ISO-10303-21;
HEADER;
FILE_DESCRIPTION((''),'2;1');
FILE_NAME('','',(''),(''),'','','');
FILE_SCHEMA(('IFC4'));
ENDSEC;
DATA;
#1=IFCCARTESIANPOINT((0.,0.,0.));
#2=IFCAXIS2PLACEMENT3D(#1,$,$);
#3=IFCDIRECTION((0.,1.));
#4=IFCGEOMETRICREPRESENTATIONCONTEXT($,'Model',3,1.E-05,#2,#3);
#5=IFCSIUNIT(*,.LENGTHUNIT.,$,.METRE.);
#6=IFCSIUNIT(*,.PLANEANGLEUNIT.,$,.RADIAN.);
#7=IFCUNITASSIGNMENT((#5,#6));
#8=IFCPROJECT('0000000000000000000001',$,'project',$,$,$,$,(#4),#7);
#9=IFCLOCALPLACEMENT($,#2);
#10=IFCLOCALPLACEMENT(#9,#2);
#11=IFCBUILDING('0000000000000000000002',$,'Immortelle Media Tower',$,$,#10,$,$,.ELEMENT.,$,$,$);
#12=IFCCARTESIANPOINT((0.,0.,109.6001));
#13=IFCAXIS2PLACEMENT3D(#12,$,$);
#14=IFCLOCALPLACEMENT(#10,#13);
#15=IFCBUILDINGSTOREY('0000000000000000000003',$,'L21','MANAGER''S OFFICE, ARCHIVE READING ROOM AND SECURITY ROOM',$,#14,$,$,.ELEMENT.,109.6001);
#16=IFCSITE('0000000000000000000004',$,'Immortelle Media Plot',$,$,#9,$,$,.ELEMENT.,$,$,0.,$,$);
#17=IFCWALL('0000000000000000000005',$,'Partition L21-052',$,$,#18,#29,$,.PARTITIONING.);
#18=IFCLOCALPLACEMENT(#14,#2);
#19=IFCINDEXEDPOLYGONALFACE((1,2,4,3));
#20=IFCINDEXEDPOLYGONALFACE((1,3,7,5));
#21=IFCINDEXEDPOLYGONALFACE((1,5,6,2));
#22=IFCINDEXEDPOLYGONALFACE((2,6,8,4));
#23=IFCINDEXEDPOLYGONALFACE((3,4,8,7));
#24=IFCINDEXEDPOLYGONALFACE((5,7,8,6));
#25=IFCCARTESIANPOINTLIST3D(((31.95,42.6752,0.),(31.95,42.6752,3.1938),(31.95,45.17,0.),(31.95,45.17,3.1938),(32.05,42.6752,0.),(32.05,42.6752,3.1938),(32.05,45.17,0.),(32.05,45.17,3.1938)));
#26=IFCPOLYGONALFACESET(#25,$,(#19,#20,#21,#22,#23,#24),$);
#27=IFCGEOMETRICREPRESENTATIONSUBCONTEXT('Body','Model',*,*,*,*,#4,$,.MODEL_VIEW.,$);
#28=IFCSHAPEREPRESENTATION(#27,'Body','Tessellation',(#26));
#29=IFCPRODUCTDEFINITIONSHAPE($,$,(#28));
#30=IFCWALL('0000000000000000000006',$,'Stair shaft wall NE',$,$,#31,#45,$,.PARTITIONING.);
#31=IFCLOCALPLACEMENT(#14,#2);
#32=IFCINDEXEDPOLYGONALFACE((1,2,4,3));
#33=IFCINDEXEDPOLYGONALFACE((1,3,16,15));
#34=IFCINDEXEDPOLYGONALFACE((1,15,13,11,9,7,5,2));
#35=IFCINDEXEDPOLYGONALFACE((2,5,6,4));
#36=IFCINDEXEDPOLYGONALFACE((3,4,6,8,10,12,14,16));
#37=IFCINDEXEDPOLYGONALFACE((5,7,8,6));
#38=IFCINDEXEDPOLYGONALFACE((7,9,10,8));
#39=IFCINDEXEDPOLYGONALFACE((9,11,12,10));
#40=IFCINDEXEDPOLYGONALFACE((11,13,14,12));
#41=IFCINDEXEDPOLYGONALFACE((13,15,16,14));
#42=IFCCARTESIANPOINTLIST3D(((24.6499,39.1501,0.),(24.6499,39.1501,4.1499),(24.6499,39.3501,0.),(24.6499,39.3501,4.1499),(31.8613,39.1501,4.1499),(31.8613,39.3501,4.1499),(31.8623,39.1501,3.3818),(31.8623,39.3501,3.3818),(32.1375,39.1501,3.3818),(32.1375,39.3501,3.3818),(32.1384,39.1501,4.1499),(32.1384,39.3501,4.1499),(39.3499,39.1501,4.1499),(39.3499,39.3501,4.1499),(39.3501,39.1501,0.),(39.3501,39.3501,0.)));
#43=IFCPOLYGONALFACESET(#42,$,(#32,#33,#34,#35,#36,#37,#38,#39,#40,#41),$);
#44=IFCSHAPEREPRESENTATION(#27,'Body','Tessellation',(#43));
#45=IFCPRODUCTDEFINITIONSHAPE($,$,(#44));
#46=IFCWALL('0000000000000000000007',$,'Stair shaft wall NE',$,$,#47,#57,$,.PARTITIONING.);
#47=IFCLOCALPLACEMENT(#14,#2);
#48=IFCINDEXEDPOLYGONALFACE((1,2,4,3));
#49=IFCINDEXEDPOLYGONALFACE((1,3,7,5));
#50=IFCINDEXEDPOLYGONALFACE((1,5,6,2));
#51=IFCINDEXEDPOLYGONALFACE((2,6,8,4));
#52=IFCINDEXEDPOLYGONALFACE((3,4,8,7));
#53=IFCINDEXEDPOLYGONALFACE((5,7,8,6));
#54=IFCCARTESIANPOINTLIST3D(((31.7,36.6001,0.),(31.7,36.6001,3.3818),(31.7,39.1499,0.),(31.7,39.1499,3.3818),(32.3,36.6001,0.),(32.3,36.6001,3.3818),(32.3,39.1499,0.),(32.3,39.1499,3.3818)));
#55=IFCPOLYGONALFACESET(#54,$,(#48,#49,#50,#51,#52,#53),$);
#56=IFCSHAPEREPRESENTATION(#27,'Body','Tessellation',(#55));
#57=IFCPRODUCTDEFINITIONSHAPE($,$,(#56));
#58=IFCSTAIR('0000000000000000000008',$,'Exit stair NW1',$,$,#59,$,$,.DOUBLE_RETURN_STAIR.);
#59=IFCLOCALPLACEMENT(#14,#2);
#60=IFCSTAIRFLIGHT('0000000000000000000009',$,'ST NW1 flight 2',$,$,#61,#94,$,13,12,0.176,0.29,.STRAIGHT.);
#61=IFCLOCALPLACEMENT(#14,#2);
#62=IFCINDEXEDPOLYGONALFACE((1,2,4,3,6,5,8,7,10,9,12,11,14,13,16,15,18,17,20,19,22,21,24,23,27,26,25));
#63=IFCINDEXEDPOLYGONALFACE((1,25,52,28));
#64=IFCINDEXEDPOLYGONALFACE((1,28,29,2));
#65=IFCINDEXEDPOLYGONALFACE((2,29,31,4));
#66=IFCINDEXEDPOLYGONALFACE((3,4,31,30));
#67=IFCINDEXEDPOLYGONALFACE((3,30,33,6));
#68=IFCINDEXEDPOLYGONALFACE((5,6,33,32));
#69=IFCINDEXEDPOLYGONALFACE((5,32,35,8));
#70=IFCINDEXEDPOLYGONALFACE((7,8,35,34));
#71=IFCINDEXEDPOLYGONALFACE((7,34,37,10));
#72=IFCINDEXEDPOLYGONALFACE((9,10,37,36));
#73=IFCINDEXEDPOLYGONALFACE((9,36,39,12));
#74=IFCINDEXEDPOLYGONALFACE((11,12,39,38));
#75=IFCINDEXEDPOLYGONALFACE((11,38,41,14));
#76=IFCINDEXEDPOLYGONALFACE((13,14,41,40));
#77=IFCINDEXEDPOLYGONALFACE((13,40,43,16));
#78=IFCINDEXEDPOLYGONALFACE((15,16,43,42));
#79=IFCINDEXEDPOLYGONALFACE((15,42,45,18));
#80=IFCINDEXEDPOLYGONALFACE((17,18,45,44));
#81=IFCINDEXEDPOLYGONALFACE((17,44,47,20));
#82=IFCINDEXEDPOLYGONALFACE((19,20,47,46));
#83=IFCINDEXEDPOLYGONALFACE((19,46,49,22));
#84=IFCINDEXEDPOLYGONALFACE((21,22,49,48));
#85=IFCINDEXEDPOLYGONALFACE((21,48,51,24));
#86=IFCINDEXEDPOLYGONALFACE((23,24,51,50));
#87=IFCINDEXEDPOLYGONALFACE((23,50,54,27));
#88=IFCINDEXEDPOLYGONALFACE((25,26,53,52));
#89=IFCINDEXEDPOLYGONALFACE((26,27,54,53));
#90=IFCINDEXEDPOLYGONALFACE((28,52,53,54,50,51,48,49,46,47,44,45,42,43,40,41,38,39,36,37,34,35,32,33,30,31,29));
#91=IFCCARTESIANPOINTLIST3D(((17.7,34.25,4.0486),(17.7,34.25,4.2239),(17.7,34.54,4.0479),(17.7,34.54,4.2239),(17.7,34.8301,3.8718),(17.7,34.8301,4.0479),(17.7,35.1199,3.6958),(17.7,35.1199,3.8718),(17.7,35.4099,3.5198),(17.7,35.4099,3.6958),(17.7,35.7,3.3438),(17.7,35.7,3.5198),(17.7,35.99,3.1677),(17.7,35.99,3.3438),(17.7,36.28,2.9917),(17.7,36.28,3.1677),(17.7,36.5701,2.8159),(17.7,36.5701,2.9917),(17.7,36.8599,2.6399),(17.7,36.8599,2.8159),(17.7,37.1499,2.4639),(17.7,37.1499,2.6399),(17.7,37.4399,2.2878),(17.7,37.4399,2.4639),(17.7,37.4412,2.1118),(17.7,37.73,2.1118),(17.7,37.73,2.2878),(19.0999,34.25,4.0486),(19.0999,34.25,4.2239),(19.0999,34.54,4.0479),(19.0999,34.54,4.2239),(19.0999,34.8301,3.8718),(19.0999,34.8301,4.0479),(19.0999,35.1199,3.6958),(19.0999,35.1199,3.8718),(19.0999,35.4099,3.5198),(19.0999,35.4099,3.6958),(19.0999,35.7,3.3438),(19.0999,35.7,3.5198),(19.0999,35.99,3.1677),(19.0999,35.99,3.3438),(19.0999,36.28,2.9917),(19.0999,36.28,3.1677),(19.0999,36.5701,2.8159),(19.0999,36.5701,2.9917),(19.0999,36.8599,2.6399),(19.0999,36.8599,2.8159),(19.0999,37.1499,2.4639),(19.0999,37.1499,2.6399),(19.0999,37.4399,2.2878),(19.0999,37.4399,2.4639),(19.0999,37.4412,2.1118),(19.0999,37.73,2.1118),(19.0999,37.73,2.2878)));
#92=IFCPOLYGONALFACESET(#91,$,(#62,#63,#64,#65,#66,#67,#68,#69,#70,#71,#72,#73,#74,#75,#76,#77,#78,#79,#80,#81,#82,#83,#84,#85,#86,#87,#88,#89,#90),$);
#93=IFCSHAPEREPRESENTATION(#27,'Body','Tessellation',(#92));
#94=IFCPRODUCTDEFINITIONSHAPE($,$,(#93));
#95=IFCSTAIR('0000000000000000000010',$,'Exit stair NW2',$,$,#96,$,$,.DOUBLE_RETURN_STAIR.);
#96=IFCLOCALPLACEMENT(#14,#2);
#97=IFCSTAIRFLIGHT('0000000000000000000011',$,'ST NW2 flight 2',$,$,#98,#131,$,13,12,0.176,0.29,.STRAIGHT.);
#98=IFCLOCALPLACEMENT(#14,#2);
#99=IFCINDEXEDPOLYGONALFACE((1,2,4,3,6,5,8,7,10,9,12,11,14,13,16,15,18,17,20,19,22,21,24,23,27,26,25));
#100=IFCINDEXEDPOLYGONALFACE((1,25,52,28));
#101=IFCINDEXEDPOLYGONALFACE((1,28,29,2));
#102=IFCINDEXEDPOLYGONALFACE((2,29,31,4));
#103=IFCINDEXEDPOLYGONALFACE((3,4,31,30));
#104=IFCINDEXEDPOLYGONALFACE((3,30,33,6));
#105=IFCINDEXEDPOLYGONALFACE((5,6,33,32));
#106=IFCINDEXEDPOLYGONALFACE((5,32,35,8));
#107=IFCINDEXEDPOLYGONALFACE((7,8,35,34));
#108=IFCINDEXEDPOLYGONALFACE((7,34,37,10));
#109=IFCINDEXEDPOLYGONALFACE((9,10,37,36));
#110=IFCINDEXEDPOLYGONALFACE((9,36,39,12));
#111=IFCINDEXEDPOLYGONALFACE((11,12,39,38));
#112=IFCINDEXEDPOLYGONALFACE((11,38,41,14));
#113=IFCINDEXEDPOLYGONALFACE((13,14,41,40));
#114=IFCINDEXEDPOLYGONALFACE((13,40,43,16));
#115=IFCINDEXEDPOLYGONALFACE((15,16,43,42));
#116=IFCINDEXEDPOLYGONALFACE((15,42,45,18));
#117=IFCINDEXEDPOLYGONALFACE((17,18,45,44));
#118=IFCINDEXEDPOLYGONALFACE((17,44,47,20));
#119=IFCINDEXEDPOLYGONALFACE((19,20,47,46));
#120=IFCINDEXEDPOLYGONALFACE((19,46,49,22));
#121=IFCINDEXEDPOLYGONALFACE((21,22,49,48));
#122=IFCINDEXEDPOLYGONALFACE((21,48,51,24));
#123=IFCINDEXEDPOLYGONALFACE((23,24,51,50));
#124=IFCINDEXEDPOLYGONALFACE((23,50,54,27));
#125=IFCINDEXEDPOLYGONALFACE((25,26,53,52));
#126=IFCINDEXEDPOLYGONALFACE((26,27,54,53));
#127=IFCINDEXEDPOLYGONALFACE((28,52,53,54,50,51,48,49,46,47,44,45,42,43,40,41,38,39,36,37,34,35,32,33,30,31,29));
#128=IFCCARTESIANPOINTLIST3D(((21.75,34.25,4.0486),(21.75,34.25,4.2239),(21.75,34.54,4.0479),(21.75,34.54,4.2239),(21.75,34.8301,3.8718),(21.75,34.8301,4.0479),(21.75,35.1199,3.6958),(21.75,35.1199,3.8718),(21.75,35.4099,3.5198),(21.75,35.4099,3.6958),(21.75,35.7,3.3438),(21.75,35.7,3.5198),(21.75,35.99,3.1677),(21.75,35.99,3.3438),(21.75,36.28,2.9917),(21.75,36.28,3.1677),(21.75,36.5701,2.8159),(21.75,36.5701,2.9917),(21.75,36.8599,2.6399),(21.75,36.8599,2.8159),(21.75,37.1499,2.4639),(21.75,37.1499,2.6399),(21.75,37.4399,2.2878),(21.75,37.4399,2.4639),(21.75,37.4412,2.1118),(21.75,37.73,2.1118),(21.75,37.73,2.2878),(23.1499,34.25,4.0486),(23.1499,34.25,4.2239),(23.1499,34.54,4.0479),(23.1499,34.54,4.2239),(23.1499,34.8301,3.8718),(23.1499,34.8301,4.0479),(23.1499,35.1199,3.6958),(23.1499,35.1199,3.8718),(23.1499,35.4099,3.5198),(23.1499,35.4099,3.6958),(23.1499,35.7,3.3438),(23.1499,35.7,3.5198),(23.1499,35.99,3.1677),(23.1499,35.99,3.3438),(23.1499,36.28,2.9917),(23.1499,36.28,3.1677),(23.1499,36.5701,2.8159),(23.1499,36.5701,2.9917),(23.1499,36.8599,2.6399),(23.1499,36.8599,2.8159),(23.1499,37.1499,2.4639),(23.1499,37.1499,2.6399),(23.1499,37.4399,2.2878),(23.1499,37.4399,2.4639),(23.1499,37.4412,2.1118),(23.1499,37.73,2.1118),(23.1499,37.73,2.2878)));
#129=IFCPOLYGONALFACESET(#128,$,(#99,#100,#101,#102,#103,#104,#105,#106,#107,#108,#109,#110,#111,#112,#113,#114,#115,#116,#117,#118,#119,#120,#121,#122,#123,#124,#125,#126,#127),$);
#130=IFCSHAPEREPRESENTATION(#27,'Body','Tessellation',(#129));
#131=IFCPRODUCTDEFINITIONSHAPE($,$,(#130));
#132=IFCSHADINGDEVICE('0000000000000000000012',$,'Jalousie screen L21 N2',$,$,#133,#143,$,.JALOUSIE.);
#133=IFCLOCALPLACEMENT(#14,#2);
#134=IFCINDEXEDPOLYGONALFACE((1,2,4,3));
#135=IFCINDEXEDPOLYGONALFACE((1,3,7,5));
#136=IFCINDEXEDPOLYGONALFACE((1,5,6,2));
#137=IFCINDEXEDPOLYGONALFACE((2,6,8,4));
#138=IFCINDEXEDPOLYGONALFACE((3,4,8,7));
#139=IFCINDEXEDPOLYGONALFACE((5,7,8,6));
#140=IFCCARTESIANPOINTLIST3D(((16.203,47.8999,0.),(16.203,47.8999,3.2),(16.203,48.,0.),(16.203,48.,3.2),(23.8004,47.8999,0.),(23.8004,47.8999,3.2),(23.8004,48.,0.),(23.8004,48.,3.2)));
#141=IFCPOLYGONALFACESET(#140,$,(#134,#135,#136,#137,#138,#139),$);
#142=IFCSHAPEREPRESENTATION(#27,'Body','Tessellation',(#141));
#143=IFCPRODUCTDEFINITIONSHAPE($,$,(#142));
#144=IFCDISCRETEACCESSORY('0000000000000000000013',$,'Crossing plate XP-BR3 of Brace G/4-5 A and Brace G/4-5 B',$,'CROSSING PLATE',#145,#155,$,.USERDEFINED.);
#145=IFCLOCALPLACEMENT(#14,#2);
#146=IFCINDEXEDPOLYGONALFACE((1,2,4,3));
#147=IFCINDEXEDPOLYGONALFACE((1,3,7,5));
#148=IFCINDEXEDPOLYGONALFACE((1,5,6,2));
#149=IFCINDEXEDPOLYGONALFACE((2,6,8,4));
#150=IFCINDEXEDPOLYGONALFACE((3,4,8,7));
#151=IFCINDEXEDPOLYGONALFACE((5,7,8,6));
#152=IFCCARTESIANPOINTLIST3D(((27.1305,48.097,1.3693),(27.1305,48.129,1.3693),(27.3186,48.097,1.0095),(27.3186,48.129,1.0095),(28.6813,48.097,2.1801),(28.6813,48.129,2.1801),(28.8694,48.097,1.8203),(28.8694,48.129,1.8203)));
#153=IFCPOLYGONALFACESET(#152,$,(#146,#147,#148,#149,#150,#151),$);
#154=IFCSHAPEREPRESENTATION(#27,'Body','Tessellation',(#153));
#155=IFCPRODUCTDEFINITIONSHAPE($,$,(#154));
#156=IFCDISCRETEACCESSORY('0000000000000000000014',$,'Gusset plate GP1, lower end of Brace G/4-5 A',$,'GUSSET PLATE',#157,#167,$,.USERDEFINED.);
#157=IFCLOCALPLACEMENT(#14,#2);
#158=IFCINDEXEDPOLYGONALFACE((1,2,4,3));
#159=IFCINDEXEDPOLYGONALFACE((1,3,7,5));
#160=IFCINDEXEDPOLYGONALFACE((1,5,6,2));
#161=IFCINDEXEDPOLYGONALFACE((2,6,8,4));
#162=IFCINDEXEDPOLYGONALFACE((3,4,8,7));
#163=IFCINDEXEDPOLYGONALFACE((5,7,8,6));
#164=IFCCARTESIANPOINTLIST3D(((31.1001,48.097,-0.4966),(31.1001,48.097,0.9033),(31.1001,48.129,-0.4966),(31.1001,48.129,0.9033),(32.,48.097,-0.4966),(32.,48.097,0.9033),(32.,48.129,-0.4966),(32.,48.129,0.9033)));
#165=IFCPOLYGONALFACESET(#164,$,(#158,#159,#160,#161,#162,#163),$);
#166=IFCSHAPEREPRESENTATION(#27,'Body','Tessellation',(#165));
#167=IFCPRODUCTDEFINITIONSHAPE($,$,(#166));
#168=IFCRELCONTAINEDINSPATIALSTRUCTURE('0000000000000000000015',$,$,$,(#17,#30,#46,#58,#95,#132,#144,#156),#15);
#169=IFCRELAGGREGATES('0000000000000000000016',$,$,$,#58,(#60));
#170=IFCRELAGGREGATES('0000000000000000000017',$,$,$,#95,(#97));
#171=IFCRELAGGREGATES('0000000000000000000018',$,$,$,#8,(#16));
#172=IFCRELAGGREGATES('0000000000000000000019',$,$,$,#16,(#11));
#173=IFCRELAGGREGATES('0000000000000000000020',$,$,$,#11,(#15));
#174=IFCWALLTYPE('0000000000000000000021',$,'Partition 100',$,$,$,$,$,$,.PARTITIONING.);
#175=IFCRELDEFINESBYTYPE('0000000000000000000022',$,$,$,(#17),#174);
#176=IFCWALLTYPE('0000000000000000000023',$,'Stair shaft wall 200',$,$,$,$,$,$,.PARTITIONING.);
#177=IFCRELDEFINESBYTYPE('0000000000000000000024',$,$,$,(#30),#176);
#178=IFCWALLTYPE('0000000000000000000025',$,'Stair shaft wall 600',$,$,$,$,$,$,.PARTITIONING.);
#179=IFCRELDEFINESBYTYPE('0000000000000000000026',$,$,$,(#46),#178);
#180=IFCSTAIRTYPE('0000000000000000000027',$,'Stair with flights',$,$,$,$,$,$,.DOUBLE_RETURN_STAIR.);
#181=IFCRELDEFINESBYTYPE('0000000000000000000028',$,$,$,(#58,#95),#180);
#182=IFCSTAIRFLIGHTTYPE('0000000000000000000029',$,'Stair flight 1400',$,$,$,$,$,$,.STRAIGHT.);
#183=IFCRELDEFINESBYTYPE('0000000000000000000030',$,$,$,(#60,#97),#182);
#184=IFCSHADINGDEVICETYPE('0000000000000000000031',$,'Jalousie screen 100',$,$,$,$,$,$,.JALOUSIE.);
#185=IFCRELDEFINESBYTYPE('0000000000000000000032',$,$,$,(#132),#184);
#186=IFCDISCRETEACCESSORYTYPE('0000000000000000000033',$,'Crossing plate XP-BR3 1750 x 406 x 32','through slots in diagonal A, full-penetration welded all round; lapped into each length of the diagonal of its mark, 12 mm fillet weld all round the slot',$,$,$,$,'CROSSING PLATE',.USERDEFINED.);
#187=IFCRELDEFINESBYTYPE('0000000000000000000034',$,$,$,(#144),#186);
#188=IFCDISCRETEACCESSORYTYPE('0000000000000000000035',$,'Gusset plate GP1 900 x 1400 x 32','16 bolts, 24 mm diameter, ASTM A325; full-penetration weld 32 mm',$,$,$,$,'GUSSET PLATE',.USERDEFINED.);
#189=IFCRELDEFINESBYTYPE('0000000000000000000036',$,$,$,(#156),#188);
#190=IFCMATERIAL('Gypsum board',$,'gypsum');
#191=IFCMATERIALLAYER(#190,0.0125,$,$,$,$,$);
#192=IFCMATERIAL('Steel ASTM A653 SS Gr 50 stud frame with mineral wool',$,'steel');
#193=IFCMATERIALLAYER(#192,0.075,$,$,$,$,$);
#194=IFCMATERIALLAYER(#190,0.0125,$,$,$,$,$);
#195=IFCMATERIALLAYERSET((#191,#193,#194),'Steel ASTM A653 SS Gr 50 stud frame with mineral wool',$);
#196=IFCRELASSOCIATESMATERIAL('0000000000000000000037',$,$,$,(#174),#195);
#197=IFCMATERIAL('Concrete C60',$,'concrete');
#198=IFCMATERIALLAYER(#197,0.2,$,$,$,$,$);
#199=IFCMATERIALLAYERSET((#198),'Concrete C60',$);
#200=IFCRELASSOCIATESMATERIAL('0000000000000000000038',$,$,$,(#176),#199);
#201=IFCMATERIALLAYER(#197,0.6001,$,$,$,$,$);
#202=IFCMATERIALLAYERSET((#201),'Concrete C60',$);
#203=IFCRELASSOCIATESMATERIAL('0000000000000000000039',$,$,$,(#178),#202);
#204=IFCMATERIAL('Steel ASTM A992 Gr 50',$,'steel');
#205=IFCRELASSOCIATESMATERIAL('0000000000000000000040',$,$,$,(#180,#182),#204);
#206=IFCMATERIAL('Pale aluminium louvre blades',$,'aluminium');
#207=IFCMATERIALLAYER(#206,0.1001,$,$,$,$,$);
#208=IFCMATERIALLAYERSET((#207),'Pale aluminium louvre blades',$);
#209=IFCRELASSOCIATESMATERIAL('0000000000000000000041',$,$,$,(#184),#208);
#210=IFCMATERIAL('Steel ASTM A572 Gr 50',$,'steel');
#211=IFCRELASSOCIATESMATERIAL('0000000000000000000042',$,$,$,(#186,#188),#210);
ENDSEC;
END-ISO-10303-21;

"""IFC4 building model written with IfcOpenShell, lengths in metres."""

from ifc_helpers import new_model, si_unit, direction, frame, frame_2d, origin, origin_2d, place, context, subcontext, project, spatial, polyline, rectangle, outline, extrude, material, layer, layer_set, material_profile, profile_set, type_object, element, aggregate, save


model = new_model("IFC4")

# Units and contexts
model_context = context("Model", 3, precision=1e-05, world=origin(), true_north=direction((0.0, 1.0)))
body_context = subcontext(model_context, "Body", "Model", "MODEL_VIEW")
ifc_project = project(units=[si_unit("LENGTHUNIT", "METRE"), si_unit("PLANEANGLEUNIT", "RADIAN")], contexts=[model_context])

# Site, building, storey
site_placement = place(None, origin())
site = spatial("IfcSite", under=ifc_project, at=site_placement, Name="Immortelle Media Plot", CompositionType="ELEMENT", RefElevation=0.0)
building_placement = place(site_placement, origin())
building = spatial("IfcBuilding", under=site, at=building_placement, Name="Immortelle Media Tower", CompositionType="ELEMENT")
storey_placement = place(building_placement, frame((0.0, 0.0, 109.6001)))
storey = spatial("IfcBuildingStorey", under=building, at=storey_placement, Name="L21", Description="MANAGER'S OFFICE, ARCHIVE READING ROOM AND SECURITY ROOM", CompositionType="ELEMENT", Elevation=109.6001)

# Shared definitions
ifc_material_1 = material(Name="Steel ASTM A992 Gr 50", Category="steel")

# Shared definitions
ifc_material_2 = material(Name="Steel ASTM A653 SS Gr 50 stud frame with mineral wool", Category="steel")

# Walls
ifc_material_3 = material(Name="Gypsum board", Category="gypsum")
ifc_layer_1 = layer(ifc_material_3, 0.0125)
ifc_layer_2 = layer(ifc_material_2, 0.075)
ifc_layer_3 = layer(ifc_material_3, 0.0125)
ifc_layer_set_1 = layer_set([ifc_layer_1, ifc_layer_2, ifc_layer_3], Name="Steel ASTM A653 SS Gr 50 stud frame with mineral wool")
wall_type_1 = type_object("IfcWallType", Name="Partition 100", PredefinedType="PARTITIONING", material=ifc_layer_set_1)
wall_1_placement = place(storey_placement, frame((32.0, 42.675, 0.0), z_axis=(0.0, 0.0, 1.0), x_axis=(0.0, 1.0, 0.0)))
element("IfcWall", 1, at=wall_1_placement, inside=storey, type_object=wall_type_1, Name="Partition L21-052", PredefinedType="PARTITIONING", context=body_context, shape_type="SweptSolid", body=[
    extrude(rectangle(XDim=2.4949, YDim=0.1001, at=frame_2d((1.2476, 0.0))), origin(), (0.0, 0.0, 1.0), 3.1938),
])
ifc_material_4 = material(Name="Concrete C60", Category="concrete")
ifc_layer_4 = layer(ifc_material_4, 0.2)
ifc_layer_set_2 = layer_set([ifc_layer_4], Name="Concrete C60")
wall_type_2 = type_object("IfcWallType", Name="Stair shaft wall 200", PredefinedType="PARTITIONING", material=ifc_layer_set_2)
wall_2_placement = place(storey_placement, frame((24.6499, 39.25, 0.0), z_axis=(0.0, 0.0, 1.0), x_axis=(1.0, 0.0, 0.0)))
element("IfcWall", 2, at=wall_2_placement, inside=storey, type_object=wall_type_2, Name="Stair shaft wall NE", PredefinedType="PARTITIONING", context=body_context, shape_type="SweptSolid", body=[
    extrude(outline(polyline([(0.0, 0.0), (14.7002, 0.0), (14.7, 4.1499), (7.4885, 4.1499), (7.4875, 3.3818), (7.2124, 3.3818), (7.2114, 4.1499), (0.0, 4.1499), (0.0, 0.0)])), frame((0.0, 0.1001, 0.0), z_axis=(0.0, -1.0, 0.0), x_axis=(1.0, 0.0, 0.0)), (0.0, 0.0, 1.0), 0.2),
])
ifc_layer_5 = layer(ifc_material_4, 0.6001)
ifc_layer_set_3 = layer_set([ifc_layer_5], Name="Concrete C60")
wall_type_3 = type_object("IfcWallType", Name="Stair shaft wall 600", PredefinedType="PARTITIONING", material=ifc_layer_set_3)
wall_3_placement = place(storey_placement, frame((32.0, 36.6001, 0.0), z_axis=(0.0, 0.0, 1.0), x_axis=(0.0, 1.0, 0.0)))
element("IfcWall", 3, at=wall_3_placement, inside=storey, type_object=wall_type_3, Name="Stair shaft wall NE", PredefinedType="PARTITIONING", context=body_context, shape_type="SweptSolid", body=[
    extrude(rectangle(XDim=2.5498, YDim=0.6001, at=frame_2d((1.2749, 0.0))), origin(), (0.0, 0.0, 1.0), 3.3818),
])

# Stairs, stair flights
stair_type = type_object("IfcStairType", Name="Stair with flights", PredefinedType="DOUBLE_RETURN_STAIR", material=ifc_material_1)
stair_1_placement = place(storey_placement, origin())
stair_1 = element("IfcStair", 4, at=stair_1_placement, inside=storey, type_object=stair_type, Name="Exit stair NW1", PredefinedType="DOUBLE_RETURN_STAIR")
stair_flight_type = type_object("IfcStairFlightType", Name="Stair flight 1400", PredefinedType="STRAIGHT", material=ifc_material_1)
stair_flight_1_placement = place(storey_placement, frame((18.3999, 37.73, 2.1118), z_axis=(0.0, 0.0, 1.0), x_axis=(0.0, -1.0, 0.0)))
stair_flight_1 = element("IfcStairFlight", 5, at=stair_flight_1_placement, type_object=stair_flight_type, Name="ST NW1 flight 2", NumberOfRisers=13, NumberOfTreads=12, PredefinedType="STRAIGHT", RiserHeight=0.176, TreadLength=0.29, context=body_context, shape_type="SweptSolid", body=[
    extrude(outline(polyline([(0.0, 0.0), (0.0, 0.176), (0.29, 0.176), (0.29, 0.3521), (0.5801, 0.3521), (0.5801, 0.5281), (0.8701, 0.5281), (0.8701, 0.7041), (1.1599, 0.7041), (1.1599, 0.8799), (1.45, 0.8799), (1.45, 1.0559), (1.74, 1.0559), (1.74, 1.2319), (2.03, 1.2319), (2.03, 1.408), (2.3201, 1.408), (2.3201, 1.584), (2.6101, 1.584), (2.6101, 1.76), (2.8999, 1.76), (2.8999, 1.936), (3.1899, 1.936), (3.1899, 2.1121), (3.48, 2.1121), (3.48, 2.2881), (3.48, 1.9368), (0.2888, 0.0), (0.0, 0.0)])), frame((0.0, 0.7, 0.0), z_axis=(0.0, -1.0, 0.0), x_axis=(1.0, 0.0, 0.0)), (0.0, 0.0, 1.0), 1.3999),
])
aggregate(stair_1, [stair_flight_1])
stair_2_placement = place(storey_placement, origin())
stair_2 = element("IfcStair", 6, at=stair_2_placement, inside=storey, type_object=stair_type, Name="Exit stair NW2", PredefinedType="DOUBLE_RETURN_STAIR")
stair_flight_2_placement = place(storey_placement, frame((22.45, 37.73, 2.1118), z_axis=(0.0, 0.0, 1.0), x_axis=(0.0, -1.0, 0.0)))
stair_flight_2 = element("IfcStairFlight", 7, at=stair_flight_2_placement, type_object=stair_flight_type, Name="ST NW2 flight 2", NumberOfRisers=13, NumberOfTreads=12, PredefinedType="STRAIGHT", RiserHeight=0.176, TreadLength=0.29, context=body_context, shape_type="SweptSolid", body=[
    extrude(outline(polyline([(0.0, 0.0), (0.0, 0.176), (0.29, 0.176), (0.29, 0.3521), (0.5801, 0.3521), (0.5801, 0.5281), (0.8701, 0.5281), (0.8701, 0.7041), (1.1599, 0.7041), (1.1599, 0.8799), (1.45, 0.8799), (1.45, 1.0559), (1.74, 1.0559), (1.74, 1.2319), (2.03, 1.2319), (2.03, 1.408), (2.3201, 1.408), (2.3201, 1.584), (2.6101, 1.584), (2.6101, 1.76), (2.8999, 1.76), (2.8999, 1.936), (3.1899, 1.936), (3.1899, 2.1121), (3.48, 2.1121), (3.48, 2.2881), (3.48, 1.9368), (0.2888, 0.0), (0.0, 0.0)])), frame((0.0, 0.7, 0.0), z_axis=(0.0, -1.0, 0.0), x_axis=(1.0, 0.0, 0.0)), (0.0, 0.0, 1.0), 1.3999),
])
aggregate(stair_2, [stair_flight_2])

# Shading device
ifc_material_5 = material(Name="Pale aluminium louvre blades", Category="aluminium")
ifc_layer_6 = layer(ifc_material_5, 0.1001)
ifc_layer_set_4 = layer_set([ifc_layer_6], Name="Pale aluminium louvre blades")
shading_device_type = type_object("IfcShadingDeviceType", Name="Jalousie screen 100", PredefinedType="JALOUSIE", material=ifc_layer_set_4)
shading_device_placement = place(storey_placement, frame((20.0017, 47.95, 0.0), z_axis=(0.0, 0.0, 1.0), x_axis=(-1.0, 0.0, 0.0)))
element("IfcShadingDevice", 8, at=shading_device_placement, inside=storey, type_object=shading_device_type, Name="Jalousie screen L21 N2", PredefinedType="JALOUSIE", context=body_context, shape_type="SweptSolid", body=[
    extrude(rectangle(XDim=7.5974, YDim=0.1001, at=origin_2d()), origin(), (0.0, 0.0, 1.0), 3.2),
])

# Discrete accessories
ifc_material_6 = material(Name="Steel ASTM A572 Gr 50", Category="steel")
ifc_material_profile_1 = material_profile(ifc_material_6, rectangle(XDim=0.032, YDim=0.406, at=origin_2d()), Name="PL 32 x 406")
ifc_profile_set_1 = profile_set([ifc_material_profile_1], Name="Steel ASTM A572 Gr 50")
discrete_accessory_type_1 = type_object("IfcDiscreteAccessoryType", Name="Crossing plate XP-BR3 1750 x 406 x 32", Description="through slots in diagonal A, full-penetration welded all round; lapped into each length of the diagonal of its mark, 12 mm fillet weld all round the slot", ElementType="CROSSING PLATE", PredefinedType="USERDEFINED", material=ifc_profile_set_1)
discrete_accessory_placement = place(storey_placement, frame((28.7754, 48.113, 2.0002), z_axis=(-0.886189, 0.0, -0.463324), x_axis=(0.0, -1.0, 0.0)))
element("IfcDiscreteAccessory", 9, at=discrete_accessory_placement, inside=storey, type_object=discrete_accessory_type_1, Name="Crossing plate XP-BR3 of Brace G/4-5 A and Brace G/4-5 B", ObjectType="CROSSING PLATE", PredefinedType="USERDEFINED", context=body_context, shape_type="SweptSolid", body=[
    extrude(rectangle(XDim=0.032, YDim=0.406, at=origin_2d()), origin(), (0.0, 0.0, 1.0), 1.75),
])
ifc_material_profile_2 = material_profile(ifc_material_6, rectangle(XDim=0.032, YDim=1.3999, at=origin_2d()), Name="PL 32 x 1400")
ifc_profile_set_2 = profile_set([ifc_material_profile_2], Name="Steel ASTM A572 Gr 50")
discrete_accessory_type_2 = type_object("IfcDiscreteAccessoryType", Name="Gusset plate GP1 900 x 1400 x 32", Description="16 bolts, 24 mm diameter, ASTM A325; full-penetration weld 32 mm", ElementType="GUSSET PLATE", PredefinedType="USERDEFINED", material=ifc_profile_set_2)
for number, where, z_axis, x_axis, name in (
    (10, (32.0, 48.113, 0.2034), (-1.0, 0.0, 0.0), (0.0, -1.0, 0.0), "Gusset plate GP1, lower end of Brace G/4-5 A"),
):
    element("IfcDiscreteAccessory", number, at=place(storey_placement, frame(where, z_axis=z_axis, x_axis=x_axis)), inside=storey, type_object=discrete_accessory_type_2, Name=name, ObjectType="GUSSET PLATE", PredefinedType="USERDEFINED", context=body_context, shape_type="SweptSolid", body=[
        extrude(rectangle(XDim=0.032, YDim=1.3999, at=origin_2d()), origin(), (0.0, 0.0, 1.0), 0.8999),
    ])

save(model, "model.ifc")
